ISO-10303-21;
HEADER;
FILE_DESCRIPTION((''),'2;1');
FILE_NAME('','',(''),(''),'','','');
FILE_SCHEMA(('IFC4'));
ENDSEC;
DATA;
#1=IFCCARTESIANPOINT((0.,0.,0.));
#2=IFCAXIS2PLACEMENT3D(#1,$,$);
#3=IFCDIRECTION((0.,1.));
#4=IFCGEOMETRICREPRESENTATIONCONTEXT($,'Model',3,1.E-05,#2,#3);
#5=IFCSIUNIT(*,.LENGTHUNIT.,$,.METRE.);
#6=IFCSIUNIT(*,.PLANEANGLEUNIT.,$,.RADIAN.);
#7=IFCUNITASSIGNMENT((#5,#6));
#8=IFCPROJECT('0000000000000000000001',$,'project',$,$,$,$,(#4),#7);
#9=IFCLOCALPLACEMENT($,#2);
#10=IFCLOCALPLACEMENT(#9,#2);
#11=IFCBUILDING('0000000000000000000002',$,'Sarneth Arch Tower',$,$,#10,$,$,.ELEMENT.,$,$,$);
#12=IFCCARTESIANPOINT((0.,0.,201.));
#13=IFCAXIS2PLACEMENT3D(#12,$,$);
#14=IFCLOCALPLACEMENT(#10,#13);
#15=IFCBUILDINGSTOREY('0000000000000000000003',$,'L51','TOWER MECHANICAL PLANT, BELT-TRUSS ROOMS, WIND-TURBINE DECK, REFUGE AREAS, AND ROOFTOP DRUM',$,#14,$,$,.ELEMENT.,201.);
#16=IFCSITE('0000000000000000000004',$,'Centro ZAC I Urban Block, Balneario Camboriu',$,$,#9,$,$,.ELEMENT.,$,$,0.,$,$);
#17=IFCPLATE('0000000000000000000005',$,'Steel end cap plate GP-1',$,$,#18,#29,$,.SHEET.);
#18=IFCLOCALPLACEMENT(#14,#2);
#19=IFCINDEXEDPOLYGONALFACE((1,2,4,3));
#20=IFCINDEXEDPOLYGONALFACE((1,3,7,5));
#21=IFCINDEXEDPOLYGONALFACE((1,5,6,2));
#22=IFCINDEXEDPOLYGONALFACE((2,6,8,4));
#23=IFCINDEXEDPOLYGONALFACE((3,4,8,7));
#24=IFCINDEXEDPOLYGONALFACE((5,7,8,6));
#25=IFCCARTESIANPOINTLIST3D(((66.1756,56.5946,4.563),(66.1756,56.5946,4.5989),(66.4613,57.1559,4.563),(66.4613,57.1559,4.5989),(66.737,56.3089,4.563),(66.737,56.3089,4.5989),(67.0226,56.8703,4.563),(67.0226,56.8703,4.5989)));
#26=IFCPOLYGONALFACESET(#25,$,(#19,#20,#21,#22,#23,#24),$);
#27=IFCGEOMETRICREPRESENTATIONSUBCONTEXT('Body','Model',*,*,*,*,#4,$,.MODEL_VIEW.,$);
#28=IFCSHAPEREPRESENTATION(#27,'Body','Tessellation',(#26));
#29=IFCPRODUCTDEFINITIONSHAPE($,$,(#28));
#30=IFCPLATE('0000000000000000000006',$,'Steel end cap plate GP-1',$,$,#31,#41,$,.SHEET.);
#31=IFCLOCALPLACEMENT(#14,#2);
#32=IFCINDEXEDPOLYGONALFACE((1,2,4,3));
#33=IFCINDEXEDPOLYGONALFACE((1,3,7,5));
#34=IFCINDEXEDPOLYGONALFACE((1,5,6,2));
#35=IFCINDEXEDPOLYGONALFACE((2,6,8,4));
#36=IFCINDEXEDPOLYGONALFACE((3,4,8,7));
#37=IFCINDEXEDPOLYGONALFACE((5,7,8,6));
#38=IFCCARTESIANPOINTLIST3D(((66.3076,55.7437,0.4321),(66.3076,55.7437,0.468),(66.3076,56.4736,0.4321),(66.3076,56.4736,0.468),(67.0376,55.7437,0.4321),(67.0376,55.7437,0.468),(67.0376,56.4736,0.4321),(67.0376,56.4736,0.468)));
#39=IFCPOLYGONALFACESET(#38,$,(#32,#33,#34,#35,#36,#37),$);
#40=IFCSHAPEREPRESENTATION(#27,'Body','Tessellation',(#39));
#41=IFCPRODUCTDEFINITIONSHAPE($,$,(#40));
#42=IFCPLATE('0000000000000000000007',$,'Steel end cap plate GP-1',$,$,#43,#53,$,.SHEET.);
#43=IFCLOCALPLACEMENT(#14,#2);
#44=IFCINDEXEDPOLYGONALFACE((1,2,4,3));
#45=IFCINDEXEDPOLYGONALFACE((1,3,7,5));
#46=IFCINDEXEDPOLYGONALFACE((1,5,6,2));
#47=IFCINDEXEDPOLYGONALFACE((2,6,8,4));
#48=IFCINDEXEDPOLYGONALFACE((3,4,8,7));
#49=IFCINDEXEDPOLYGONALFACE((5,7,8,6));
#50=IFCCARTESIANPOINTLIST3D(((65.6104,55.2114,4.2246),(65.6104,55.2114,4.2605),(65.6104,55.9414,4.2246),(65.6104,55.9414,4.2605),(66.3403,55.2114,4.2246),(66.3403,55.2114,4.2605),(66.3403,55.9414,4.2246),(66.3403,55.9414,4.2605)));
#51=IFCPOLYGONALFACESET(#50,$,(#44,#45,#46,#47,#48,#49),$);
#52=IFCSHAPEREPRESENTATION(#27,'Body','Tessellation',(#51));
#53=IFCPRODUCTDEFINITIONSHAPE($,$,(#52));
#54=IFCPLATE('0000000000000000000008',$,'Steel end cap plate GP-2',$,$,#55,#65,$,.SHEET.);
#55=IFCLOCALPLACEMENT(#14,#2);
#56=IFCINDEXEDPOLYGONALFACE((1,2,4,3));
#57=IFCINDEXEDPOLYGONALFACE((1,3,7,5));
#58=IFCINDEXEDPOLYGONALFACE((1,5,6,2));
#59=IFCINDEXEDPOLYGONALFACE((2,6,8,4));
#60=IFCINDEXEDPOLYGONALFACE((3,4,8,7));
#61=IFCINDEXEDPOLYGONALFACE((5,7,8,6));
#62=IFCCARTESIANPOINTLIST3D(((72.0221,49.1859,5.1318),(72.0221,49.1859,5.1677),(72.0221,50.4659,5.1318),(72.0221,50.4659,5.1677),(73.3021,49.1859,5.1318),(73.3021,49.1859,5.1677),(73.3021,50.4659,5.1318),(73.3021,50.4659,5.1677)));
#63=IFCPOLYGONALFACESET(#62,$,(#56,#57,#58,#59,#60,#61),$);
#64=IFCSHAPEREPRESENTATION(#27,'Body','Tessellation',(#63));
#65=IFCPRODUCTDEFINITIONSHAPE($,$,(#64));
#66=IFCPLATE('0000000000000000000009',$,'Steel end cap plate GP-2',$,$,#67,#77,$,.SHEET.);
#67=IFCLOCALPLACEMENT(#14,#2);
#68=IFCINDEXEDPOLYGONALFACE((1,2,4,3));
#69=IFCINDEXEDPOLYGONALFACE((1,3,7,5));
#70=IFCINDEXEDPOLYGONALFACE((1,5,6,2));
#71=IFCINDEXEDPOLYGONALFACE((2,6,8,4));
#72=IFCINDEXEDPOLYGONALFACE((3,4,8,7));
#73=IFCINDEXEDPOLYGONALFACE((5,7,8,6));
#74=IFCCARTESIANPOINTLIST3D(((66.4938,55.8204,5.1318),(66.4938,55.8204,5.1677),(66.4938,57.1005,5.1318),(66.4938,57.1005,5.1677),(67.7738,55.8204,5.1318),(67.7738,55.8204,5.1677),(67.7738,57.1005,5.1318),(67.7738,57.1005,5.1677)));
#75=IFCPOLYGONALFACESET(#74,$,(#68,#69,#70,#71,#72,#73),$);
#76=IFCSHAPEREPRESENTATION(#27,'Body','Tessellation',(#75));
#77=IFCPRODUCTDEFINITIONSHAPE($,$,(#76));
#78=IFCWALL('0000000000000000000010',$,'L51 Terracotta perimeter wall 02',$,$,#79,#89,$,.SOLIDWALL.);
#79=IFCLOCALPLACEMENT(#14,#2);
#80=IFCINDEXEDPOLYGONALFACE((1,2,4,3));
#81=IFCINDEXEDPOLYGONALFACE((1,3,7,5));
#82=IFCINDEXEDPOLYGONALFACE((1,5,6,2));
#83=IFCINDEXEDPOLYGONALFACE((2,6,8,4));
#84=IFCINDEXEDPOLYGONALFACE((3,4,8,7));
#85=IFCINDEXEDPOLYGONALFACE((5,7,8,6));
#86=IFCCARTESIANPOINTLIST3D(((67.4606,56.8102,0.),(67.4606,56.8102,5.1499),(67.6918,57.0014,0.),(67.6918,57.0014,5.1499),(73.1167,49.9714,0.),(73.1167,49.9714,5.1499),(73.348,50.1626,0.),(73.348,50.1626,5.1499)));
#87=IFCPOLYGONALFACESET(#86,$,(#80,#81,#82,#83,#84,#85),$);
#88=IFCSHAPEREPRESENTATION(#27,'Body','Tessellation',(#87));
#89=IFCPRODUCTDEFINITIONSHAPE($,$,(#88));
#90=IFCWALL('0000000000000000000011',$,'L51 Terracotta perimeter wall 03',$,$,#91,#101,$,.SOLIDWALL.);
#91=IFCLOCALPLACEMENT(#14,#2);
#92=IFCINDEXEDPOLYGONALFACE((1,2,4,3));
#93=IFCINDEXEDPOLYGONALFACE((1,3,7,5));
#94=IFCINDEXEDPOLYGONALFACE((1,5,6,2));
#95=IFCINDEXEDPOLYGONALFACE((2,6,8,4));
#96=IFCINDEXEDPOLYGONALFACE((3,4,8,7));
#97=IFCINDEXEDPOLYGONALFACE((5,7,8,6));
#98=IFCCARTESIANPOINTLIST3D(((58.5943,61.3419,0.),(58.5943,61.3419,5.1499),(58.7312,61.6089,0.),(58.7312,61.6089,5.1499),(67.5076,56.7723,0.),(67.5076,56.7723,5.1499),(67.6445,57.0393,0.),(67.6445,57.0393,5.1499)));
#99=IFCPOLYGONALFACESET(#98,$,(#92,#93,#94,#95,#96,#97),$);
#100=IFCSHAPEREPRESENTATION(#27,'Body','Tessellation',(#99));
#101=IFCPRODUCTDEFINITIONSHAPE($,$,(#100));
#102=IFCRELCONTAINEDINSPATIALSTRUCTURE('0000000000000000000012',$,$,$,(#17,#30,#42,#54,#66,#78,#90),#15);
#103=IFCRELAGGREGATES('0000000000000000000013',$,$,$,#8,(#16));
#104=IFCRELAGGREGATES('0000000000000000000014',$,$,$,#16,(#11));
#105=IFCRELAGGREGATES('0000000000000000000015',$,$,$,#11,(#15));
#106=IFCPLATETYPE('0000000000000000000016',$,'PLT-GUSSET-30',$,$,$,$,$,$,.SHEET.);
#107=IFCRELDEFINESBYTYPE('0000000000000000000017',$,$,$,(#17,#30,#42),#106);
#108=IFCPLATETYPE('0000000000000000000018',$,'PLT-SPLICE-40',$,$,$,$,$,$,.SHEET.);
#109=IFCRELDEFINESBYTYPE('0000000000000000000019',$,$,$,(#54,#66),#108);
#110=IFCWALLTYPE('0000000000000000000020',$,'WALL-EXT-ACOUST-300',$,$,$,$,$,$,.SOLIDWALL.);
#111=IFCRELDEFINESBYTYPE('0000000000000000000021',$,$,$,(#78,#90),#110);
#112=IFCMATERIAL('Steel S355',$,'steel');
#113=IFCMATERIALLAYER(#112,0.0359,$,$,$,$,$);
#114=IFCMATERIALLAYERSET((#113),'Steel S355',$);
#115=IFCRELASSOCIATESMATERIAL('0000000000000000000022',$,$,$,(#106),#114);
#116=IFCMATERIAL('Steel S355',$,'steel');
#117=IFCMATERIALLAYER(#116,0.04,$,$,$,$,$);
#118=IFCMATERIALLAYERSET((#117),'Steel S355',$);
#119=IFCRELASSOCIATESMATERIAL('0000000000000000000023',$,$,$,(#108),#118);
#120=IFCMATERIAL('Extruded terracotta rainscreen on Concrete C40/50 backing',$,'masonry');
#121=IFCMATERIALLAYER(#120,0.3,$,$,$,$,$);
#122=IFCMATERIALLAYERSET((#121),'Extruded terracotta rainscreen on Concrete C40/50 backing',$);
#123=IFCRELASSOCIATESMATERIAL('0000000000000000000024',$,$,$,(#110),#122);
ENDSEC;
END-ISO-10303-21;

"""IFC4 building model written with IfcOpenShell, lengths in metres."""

from ifc_helpers import new_model, si_unit, direction, frame, frame_2d, origin, origin_2d, place, context, subcontext, project, spatial, rectangle, extrude, material, layer, layer_set, type_object, element, save


model = new_model("IFC4")

# Units and contexts
model_context = context("Model", 3, precision=1e-05, world=origin(), true_north=direction((0.0, 1.0)))
body_context = subcontext(model_context, "Body", "Model", "MODEL_VIEW")
ifc_project = project(units=[si_unit("LENGTHUNIT", "METRE"), si_unit("PLANEANGLEUNIT", "RADIAN")], contexts=[model_context])

# Site, building, storey
site_placement = place(None, origin())
site = spatial("IfcSite", under=ifc_project, at=site_placement, Name="Centro ZAC I Urban Block, Balneario Camboriu", CompositionType="ELEMENT", RefElevation=0.0)
building_placement = place(site_placement, origin())
building = spatial("IfcBuilding", under=site, at=building_placement, Name="Sarneth Arch Tower", CompositionType="ELEMENT")
storey_placement = place(building_placement, frame((0.0, 0.0, 201.0)))
storey = spatial("IfcBuildingStorey", under=building, at=storey_placement, Name="L51", Description="TOWER MECHANICAL PLANT, BELT-TRUSS ROOMS, WIND-TURBINE DECK, REFUGE AREAS, AND ROOFTOP DRUM", CompositionType="ELEMENT", Elevation=201.0)

# Plates
ifc_material_1 = material(Name="Steel S355", Category="steel")
ifc_layer_1 = layer(ifc_material_1, 0.0359)
ifc_layer_set_1 = layer_set([ifc_layer_1], Name="Steel S355")
plate_type_1 = type_object("IfcPlateType", Name="PLT-GUSSET-30", PredefinedType="SHEET", material=ifc_layer_set_1)
plate_1_placement = place(storey_placement, frame((66.5991, 56.7324, 4.563), z_axis=(0.0, 0.0, 1.0), x_axis=(0.891244, -0.453524, 0.0)))
element("IfcPlate", 1, at=plate_1_placement, inside=storey, type_object=plate_type_1, Name="Steel end cap plate GP-1", PredefinedType="SHEET", context=body_context, shape_type="SweptSolid", body=[
    extrude(rectangle(XDim=0.6299, YDim=0.6299, at=origin_2d()), origin(), (0.0, 0.0, 1.0), 0.0359),
])
for number, where, z_axis, x_axis, name in (
    (2, (66.6726, 56.1086, 0.4321), (0.0, 0.0, 1.0), (1.0, 0.0, 0.0), "Steel end cap plate GP-1"),
    (3, (65.9753, 55.5764, 4.2246), (0.0, 0.0, 1.0), (1.0, 0.0, 0.0), "Steel end cap plate GP-1"),
):
    element("IfcPlate", number, at=place(storey_placement, frame(where, z_axis=z_axis, x_axis=x_axis)), inside=storey, type_object=plate_type_1, Name=name, PredefinedType="SHEET", context=body_context, shape_type="SweptSolid", body=[
        extrude(rectangle(XDim=0.73, YDim=0.73, at=origin_2d()), origin(), (0.0, 0.0, 1.0), 0.0359),
    ])
ifc_material_2 = material(Name="Steel S355", Category="steel")
ifc_layer_2 = layer(ifc_material_2, 0.04)
ifc_layer_set_2 = layer_set([ifc_layer_2], Name="Steel S355")
plate_type_2 = type_object("IfcPlateType", Name="PLT-SPLICE-40", PredefinedType="SHEET", material=ifc_layer_set_2)
for number, where, z_axis, x_axis, name in (
    (4, (72.6621, 49.8259, 5.1318), (0.0, 0.0, 1.0), (1.0, 0.0, 0.0), "Steel end cap plate GP-2"),
    (5, (67.1338, 56.4604, 5.1318), (0.0, 0.0, 1.0), (1.0, 0.0, 0.0), "Steel end cap plate GP-2"),
):
    element("IfcPlate", number, at=place(storey_placement, frame(where, z_axis=z_axis, x_axis=x_axis)), inside=storey, type_object=plate_type_2, Name=name, PredefinedType="SHEET", context=body_context, shape_type="SweptSolid", body=[
        extrude(rectangle(XDim=1.28, YDim=1.28, at=origin_2d()), origin(), (0.0, 0.0, 1.0), 0.0359),
    ])

# Walls
ifc_material_3 = material(Name="Extruded terracotta rainscreen on Concrete C40/50 backing", Category="masonry")
ifc_layer_3 = layer(ifc_material_3, 0.3)
ifc_layer_set_3 = layer_set([ifc_layer_3], Name="Extruded terracotta rainscreen on Concrete C40/50 backing")
wall_type = type_object("IfcWallType", Name="WALL-EXT-ACOUST-300", PredefinedType="SOLIDWALL", material=ifc_layer_set_3)
wall_1_placement = place(storey_placement, frame((73.2324, 50.0669, 0.0), z_axis=(0.0, 0.0, 1.0), x_axis=(-0.637333, 0.770588, 0.0)))
element("IfcWall", 6, at=wall_1_placement, inside=storey, type_object=wall_type, Name="L51 Terracotta perimeter wall 02", PredefinedType="SOLIDWALL", context=body_context, shape_type="SweptSolid", body=[
    extrude(rectangle(XDim=8.8748, YDim=0.3, at=frame_2d((4.4375, 0.0))), origin(), (0.0, 0.0, 1.0), 5.1499),
])
wall_2_placement = place(storey_placement, frame((67.5762, 56.9058, 0.0), z_axis=(0.0, 0.0, 1.0), x_axis=(-0.889873, 0.456209, 0.0)))
element("IfcWall", 7, at=wall_2_placement, inside=storey, type_object=wall_type, Name="L51 Terracotta perimeter wall 03", PredefinedType="SOLIDWALL", context=body_context, shape_type="SweptSolid", body=[
    extrude(rectangle(XDim=10.0164, YDim=0.3, at=frame_2d((5.0083, 0.0))), origin(), (0.0, 0.0, 1.0), 5.1499),
])

save(model, "model.ifc")
